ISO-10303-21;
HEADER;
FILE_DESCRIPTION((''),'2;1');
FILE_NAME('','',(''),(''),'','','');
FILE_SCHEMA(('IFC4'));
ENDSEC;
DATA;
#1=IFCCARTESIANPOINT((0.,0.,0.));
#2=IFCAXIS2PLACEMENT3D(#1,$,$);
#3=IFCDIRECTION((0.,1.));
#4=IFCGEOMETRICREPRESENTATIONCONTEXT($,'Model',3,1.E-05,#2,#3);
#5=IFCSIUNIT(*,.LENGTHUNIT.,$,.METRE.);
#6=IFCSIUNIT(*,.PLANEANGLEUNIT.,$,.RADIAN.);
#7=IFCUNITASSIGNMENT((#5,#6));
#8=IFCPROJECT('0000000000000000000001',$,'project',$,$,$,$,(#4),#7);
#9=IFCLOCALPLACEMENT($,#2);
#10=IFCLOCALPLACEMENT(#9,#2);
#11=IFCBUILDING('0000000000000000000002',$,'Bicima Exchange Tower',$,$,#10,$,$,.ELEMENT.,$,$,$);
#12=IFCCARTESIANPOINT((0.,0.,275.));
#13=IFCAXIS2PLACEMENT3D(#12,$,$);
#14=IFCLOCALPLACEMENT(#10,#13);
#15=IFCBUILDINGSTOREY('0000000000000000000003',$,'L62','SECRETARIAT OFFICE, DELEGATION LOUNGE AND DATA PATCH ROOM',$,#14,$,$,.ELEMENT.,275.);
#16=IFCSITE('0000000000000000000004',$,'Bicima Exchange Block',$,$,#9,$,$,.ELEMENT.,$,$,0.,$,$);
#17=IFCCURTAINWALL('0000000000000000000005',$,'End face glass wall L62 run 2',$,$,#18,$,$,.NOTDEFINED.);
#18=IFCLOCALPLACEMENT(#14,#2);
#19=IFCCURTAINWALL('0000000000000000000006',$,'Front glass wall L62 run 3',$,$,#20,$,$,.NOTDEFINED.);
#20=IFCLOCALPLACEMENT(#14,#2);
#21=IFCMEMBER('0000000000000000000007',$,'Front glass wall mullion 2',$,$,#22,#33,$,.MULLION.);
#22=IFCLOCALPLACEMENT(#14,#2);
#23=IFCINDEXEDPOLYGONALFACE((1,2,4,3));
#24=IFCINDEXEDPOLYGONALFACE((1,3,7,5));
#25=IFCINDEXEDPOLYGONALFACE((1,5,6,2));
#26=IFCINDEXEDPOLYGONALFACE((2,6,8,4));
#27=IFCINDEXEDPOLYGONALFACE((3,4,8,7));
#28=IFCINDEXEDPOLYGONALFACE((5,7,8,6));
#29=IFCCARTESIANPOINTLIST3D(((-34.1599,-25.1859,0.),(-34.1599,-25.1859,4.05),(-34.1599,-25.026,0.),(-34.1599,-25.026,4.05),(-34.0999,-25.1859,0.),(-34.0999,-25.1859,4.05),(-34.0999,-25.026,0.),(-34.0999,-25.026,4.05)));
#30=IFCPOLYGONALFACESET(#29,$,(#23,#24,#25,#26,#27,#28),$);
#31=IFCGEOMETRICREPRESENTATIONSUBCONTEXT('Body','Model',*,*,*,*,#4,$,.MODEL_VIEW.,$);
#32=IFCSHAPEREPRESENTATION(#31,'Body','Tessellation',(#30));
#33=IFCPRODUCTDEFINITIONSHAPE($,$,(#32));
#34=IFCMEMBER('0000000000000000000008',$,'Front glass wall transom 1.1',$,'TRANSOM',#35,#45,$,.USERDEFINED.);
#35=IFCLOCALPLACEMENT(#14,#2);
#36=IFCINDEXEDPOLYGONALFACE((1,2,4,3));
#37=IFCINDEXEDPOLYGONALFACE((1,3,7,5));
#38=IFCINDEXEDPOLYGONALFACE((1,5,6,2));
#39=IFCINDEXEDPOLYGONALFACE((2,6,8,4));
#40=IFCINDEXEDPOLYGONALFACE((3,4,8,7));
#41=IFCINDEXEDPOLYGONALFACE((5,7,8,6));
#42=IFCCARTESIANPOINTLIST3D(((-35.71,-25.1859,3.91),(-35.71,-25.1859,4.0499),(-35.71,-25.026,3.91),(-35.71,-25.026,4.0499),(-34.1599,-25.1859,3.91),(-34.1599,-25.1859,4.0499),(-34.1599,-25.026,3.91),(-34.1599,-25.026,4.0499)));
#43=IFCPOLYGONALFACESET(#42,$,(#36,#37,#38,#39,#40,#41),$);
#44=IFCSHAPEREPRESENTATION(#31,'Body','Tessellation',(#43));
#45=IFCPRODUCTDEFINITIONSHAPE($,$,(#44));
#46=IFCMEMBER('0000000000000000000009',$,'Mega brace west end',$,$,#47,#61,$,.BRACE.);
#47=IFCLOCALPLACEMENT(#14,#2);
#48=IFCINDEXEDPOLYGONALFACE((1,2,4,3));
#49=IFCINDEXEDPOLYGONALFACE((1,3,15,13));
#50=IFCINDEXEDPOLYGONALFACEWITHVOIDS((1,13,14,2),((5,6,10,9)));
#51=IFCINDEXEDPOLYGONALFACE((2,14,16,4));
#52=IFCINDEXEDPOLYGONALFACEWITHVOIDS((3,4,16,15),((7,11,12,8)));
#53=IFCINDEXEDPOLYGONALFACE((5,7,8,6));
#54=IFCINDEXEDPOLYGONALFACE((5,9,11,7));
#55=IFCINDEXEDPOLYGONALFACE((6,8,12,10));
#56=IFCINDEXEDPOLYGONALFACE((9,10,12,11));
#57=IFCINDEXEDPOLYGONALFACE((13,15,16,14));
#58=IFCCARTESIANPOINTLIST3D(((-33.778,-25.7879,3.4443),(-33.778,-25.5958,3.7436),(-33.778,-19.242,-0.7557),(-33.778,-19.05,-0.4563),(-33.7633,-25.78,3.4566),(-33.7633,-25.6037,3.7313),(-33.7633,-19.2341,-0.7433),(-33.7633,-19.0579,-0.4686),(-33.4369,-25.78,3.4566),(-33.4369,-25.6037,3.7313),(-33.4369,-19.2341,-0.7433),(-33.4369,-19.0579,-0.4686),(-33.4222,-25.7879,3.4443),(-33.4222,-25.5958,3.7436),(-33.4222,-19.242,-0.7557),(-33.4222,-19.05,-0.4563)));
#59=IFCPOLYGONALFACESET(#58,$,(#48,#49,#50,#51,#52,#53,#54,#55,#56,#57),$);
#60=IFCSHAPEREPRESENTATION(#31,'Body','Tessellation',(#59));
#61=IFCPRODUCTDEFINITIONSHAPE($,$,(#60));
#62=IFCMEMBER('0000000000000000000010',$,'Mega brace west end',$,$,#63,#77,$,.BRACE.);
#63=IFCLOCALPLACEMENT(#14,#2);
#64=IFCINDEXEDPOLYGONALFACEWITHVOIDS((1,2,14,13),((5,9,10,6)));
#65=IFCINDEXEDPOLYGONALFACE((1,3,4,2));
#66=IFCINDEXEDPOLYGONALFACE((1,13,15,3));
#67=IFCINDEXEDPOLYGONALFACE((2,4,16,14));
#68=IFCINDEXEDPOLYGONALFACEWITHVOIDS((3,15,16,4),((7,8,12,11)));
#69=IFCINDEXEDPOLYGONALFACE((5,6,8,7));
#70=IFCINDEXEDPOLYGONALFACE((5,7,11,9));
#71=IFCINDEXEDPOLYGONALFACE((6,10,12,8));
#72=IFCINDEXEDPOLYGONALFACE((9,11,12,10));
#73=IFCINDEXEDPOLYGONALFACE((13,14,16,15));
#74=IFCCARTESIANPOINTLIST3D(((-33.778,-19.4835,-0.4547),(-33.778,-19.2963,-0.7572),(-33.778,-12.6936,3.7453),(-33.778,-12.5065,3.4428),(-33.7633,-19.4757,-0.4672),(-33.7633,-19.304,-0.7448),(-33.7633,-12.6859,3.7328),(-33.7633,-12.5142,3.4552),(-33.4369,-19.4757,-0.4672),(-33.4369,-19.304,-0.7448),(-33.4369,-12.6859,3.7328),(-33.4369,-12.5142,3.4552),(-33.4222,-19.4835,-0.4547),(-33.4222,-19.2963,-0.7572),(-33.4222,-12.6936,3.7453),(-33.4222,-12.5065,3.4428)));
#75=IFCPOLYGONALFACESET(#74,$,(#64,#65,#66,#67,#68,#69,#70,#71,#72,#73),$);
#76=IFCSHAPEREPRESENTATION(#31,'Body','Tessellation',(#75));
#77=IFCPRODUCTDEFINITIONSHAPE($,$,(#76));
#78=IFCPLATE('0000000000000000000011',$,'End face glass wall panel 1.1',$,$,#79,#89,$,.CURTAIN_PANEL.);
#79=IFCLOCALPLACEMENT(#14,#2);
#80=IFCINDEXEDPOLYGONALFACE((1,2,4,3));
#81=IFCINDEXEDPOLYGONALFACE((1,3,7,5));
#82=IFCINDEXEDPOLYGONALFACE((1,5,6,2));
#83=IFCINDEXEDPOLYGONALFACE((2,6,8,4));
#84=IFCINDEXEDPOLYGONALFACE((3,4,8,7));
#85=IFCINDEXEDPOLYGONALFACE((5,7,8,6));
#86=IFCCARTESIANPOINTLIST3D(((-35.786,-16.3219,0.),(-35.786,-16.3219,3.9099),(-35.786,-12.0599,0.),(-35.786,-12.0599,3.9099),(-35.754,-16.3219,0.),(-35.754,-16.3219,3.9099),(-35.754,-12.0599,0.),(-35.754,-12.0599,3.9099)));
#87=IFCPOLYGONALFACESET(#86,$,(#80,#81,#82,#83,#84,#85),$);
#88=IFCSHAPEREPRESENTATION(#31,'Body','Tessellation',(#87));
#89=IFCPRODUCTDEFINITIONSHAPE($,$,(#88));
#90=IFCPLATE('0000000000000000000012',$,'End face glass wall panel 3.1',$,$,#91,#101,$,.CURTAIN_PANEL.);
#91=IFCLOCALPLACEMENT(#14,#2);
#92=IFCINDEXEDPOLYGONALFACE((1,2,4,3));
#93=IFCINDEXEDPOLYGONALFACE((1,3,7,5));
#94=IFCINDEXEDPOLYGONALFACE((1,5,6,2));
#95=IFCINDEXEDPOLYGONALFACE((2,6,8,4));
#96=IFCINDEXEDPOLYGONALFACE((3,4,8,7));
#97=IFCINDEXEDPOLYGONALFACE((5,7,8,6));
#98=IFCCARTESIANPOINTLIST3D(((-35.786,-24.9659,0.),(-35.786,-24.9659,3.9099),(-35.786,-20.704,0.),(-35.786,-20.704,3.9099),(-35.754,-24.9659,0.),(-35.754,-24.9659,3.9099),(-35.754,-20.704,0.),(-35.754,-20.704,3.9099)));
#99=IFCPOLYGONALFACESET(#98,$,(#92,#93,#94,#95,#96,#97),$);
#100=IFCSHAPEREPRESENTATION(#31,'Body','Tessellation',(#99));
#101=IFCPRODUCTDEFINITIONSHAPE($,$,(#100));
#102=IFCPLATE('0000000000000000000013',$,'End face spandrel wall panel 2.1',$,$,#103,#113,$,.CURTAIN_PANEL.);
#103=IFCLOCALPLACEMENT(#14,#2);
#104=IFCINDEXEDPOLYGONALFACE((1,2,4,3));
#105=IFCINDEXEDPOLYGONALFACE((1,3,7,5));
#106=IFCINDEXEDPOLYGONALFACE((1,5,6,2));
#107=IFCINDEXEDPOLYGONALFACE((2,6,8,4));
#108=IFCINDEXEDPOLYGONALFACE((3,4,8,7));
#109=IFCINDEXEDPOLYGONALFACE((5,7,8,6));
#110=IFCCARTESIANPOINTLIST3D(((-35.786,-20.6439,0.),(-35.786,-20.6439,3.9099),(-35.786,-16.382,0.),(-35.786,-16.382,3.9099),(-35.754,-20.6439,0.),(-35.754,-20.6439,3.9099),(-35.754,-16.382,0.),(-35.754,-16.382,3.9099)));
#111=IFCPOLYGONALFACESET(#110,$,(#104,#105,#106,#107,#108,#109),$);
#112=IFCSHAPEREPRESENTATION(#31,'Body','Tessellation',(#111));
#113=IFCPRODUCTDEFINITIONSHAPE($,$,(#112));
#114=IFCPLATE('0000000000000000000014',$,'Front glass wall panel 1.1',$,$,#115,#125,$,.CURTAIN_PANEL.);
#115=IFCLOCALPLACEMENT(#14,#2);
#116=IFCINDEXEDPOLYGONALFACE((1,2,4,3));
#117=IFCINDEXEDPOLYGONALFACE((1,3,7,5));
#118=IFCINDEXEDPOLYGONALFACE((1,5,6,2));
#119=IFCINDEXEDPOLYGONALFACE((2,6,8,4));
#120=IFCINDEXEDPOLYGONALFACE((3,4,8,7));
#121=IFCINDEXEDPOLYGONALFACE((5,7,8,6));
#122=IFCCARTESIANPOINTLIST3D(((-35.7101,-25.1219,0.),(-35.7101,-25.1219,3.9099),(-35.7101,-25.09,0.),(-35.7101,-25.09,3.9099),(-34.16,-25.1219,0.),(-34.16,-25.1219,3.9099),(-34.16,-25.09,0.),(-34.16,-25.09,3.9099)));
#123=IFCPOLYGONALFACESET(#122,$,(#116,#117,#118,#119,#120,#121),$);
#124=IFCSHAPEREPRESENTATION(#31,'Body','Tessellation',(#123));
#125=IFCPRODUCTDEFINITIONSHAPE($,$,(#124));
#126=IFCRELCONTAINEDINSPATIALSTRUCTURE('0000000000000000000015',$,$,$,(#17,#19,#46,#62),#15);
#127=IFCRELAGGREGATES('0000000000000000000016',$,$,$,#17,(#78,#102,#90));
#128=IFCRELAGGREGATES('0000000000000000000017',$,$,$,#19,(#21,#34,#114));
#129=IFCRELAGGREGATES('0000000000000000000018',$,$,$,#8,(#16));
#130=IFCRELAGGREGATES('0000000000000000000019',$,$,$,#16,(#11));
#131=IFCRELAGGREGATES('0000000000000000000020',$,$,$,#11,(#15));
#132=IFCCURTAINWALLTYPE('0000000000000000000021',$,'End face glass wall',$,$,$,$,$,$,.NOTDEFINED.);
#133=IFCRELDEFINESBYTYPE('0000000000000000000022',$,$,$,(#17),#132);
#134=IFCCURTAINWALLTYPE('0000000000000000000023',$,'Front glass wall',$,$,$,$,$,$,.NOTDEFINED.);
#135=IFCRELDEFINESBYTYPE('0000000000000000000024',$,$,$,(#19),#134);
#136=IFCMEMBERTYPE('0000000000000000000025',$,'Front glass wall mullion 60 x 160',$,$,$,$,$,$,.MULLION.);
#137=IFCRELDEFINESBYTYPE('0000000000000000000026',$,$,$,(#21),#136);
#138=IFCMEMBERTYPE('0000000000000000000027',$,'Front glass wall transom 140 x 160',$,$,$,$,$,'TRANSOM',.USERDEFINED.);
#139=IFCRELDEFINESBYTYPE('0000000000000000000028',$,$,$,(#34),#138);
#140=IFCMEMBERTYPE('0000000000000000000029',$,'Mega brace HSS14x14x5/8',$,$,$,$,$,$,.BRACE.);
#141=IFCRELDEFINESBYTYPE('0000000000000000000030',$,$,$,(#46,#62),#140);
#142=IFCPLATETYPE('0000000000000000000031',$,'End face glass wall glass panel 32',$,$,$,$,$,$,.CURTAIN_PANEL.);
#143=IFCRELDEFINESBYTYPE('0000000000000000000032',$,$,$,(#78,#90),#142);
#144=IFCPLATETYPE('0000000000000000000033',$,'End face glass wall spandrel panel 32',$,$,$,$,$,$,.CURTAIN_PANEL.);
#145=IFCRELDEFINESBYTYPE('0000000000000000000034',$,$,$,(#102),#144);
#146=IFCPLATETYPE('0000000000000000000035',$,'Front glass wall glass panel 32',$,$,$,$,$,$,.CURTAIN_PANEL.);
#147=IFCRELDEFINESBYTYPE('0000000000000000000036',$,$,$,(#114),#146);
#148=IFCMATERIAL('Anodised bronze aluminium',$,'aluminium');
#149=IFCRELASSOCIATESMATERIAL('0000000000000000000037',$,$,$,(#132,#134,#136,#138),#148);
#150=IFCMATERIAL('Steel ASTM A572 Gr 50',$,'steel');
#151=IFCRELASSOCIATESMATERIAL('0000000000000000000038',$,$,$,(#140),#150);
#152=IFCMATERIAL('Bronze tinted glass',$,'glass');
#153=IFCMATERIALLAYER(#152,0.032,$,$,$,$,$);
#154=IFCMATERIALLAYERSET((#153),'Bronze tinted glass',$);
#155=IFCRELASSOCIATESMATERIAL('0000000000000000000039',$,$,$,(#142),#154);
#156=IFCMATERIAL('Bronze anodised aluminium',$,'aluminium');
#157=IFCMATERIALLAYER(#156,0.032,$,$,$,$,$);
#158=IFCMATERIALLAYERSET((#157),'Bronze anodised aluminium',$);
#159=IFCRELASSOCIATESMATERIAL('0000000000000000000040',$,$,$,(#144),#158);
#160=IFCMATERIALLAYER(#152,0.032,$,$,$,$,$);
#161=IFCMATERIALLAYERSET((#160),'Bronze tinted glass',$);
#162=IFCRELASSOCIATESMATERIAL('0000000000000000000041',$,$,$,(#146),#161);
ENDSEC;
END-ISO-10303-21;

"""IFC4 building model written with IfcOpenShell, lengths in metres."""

from ifc_helpers import new_model, si_unit, direction, frame, origin, origin_2d, place, context, subcontext, project, spatial, rectangle, hollow_rectangle, extrude, material, layer, layer_set, material_profile, profile_set, type_object, element, aggregate, save


model = new_model("IFC4")

# Units and contexts
model_context = context("Model", 3, precision=1e-05, world=origin(), true_north=direction((0.0, 1.0)))
body_context = subcontext(model_context, "Body", "Model", "MODEL_VIEW")
ifc_project = project(units=[si_unit("LENGTHUNIT", "METRE"), si_unit("PLANEANGLEUNIT", "RADIAN")], contexts=[model_context])

# Site, building, storey
site_placement = place(None, origin())
site = spatial("IfcSite", under=ifc_project, at=site_placement, Name="Bicima Exchange Block", CompositionType="ELEMENT", RefElevation=0.0)
building_placement = place(site_placement, origin())
building = spatial("IfcBuilding", under=site, at=building_placement, Name="Bicima Exchange Tower", CompositionType="ELEMENT")
storey_placement = place(building_placement, frame((0.0, 0.0, 275.0)))
storey = spatial("IfcBuildingStorey", under=building, at=storey_placement, Name="L62", Description="SECRETARIAT OFFICE, DELEGATION LOUNGE AND DATA PATCH ROOM", CompositionType="ELEMENT", Elevation=275.0)

# Shared definitions
ifc_material_1 = material(Name="Steel ASTM A572 Gr 50", Category="steel")

# Curtain wall
ifc_material_2 = material(Name="Anodised bronze aluminium", Category="aluminium")
curtain_wall_type_1 = type_object("IfcCurtainWallType", Name="End face glass wall", PredefinedType="NOTDEFINED", material=ifc_material_2)
curtain_wall_1_placement = place(storey_placement, origin())
curtain_wall_1 = element("IfcCurtainWall", 1, at=curtain_wall_1_placement, inside=storey, type_object=curtain_wall_type_1, Name="End face glass wall L62 run 2", PredefinedType="NOTDEFINED")
ifc_material_profile_1 = material_profile(ifc_material_2, rectangle(XDim=0.1599, YDim=0.0601, at=origin_2d()))
ifc_profile_set_1 = profile_set([ifc_material_profile_1], Name="Anodised bronze aluminium")
ifc_material_profile_2 = material_profile(ifc_material_2, rectangle(XDim=0.1599, YDim=0.1399, at=origin_2d()))
ifc_profile_set_2 = profile_set([ifc_material_profile_2], Name="Anodised bronze aluminium")

# Curtain wall, members
curtain_wall_type_2 = type_object("IfcCurtainWallType", Name="Front glass wall", PredefinedType="NOTDEFINED", material=ifc_material_2)
curtain_wall_2_placement = place(storey_placement, origin())
curtain_wall_2 = element("IfcCurtainWall", 2, at=curtain_wall_2_placement, inside=storey, type_object=curtain_wall_type_2, Name="Front glass wall L62 run 3", PredefinedType="NOTDEFINED")
member_type_1 = type_object("IfcMemberType", Name="Front glass wall mullion 60 x 160", PredefinedType="MULLION", material=ifc_profile_set_1)
member_1_placement = place(storey_placement, frame((-34.1299, -25.106, 0.0), z_axis=(0.0, 0.0, 1.0), x_axis=(0.0, 1.0, 0.0)))
member_1 = element("IfcMember", 3, at=member_1_placement, type_object=member_type_1, Name="Front glass wall mullion 2", PredefinedType="MULLION", context=body_context, shape_type="SweptSolid", body=[
    extrude(rectangle(XDim=0.1599, YDim=0.0601, at=origin_2d()), origin(), (0.0, 0.0, 1.0), 4.05),
])
member_type_2 = type_object("IfcMemberType", Name="Front glass wall transom 140 x 160", ElementType="TRANSOM", PredefinedType="USERDEFINED", material=ifc_profile_set_2)
member_2_placement = place(storey_placement, frame((-35.71, -25.106, 3.98), z_axis=(1.0, 0.0, 0.0), x_axis=(0.0, 1.0, 0.0)))
member_2 = element("IfcMember", 4, at=member_2_placement, type_object=member_type_2, Name="Front glass wall transom 1.1", ObjectType="TRANSOM", PredefinedType="USERDEFINED", context=body_context, shape_type="SweptSolid", body=[
    extrude(rectangle(XDim=0.1599, YDim=0.1399, at=origin_2d()), origin(), (0.0, 0.0, 1.0), 1.55),
])

# Members
ifc_material_profile_3 = material_profile(ifc_material_1, hollow_rectangle(XDim=0.3557, YDim=0.3557, WallThickness=0.0146, at=origin_2d()))
ifc_profile_set_3 = profile_set([ifc_material_profile_3], Name="Steel ASTM A572 Gr 50")
member_type_3 = type_object("IfcMemberType", Name="Mega brace HSS14x14x5/8", PredefinedType="BRACE", material=ifc_profile_set_3)
member_3_placement = place(storey_placement, frame((-33.6001, -19.146, -0.606), z_axis=(0.0, -0.841653, 0.540018), x_axis=(1.0, 0.0, 0.0)))
element("IfcMember", 5, at=member_3_placement, inside=storey, type_object=member_type_3, Name="Mega brace west end", PredefinedType="BRACE", context=body_context, shape_type="SweptSolid", body=[
    extrude(hollow_rectangle(XDim=0.3557, YDim=0.3557, WallThickness=0.0146, at=origin_2d()), origin(), (0.0, 0.0, 1.0), 7.7773),
])
member_4_placement = place(storey_placement, frame((-33.6001, -19.3899, -0.606), z_axis=(0.0, 0.850448, 0.52606), x_axis=(-1.0, 0.0, 0.0)))
element("IfcMember", 6, at=member_4_placement, inside=storey, type_object=member_type_3, Name="Mega brace west end", PredefinedType="BRACE", context=body_context, shape_type="SweptSolid", body=[
    extrude(hollow_rectangle(XDim=0.3557, YDim=0.3557, WallThickness=0.0146, at=origin_2d()), origin(), (0.0, 0.0, 1.0), 7.9839),
])

# Plates
ifc_material_3 = material(Name="Bronze tinted glass", Category="glass")
ifc_layer_1 = layer(ifc_material_3, 0.032)
ifc_layer_set_1 = layer_set([ifc_layer_1], Name="Bronze tinted glass")
plate_type_1 = type_object("IfcPlateType", Name="End face glass wall glass panel 32", PredefinedType="CURTAIN_PANEL", material=ifc_layer_set_1)
plate_1_placement = place(storey_placement, frame((-35.77, -14.1909, 0.0), z_axis=(0.0, 0.0, 1.0), x_axis=(0.0, -1.0, 0.0)))
plate_1 = element("IfcPlate", 7, at=plate_1_placement, type_object=plate_type_1, Name="End face glass wall panel 1.1", PredefinedType="CURTAIN_PANEL", context=body_context, shape_type="SweptSolid", body=[
    extrude(rectangle(XDim=4.262, YDim=0.032, at=origin_2d()), origin(), (0.0, 0.0, 1.0), 3.9099),
])
plate_2_placement = place(storey_placement, frame((-35.77, -22.835, 0.0), z_axis=(0.0, 0.0, 1.0), x_axis=(0.0, -1.0, 0.0)))
plate_2 = element("IfcPlate", 8, at=plate_2_placement, type_object=plate_type_1, Name="End face glass wall panel 3.1", PredefinedType="CURTAIN_PANEL", context=body_context, shape_type="SweptSolid", body=[
    extrude(rectangle(XDim=4.262, YDim=0.032, at=origin_2d()), origin(), (0.0, 0.0, 1.0), 3.9099),
])
ifc_material_4 = material(Name="Bronze anodised aluminium", Category="aluminium")
ifc_layer_2 = layer(ifc_material_4, 0.032)
ifc_layer_set_2 = layer_set([ifc_layer_2], Name="Bronze anodised aluminium")
plate_type_2 = type_object("IfcPlateType", Name="End face glass wall spandrel panel 32", PredefinedType="CURTAIN_PANEL", material=ifc_layer_set_2)
plate_3_placement = place(storey_placement, frame((-35.77, -18.5129, 0.0), z_axis=(0.0, 0.0, 1.0), x_axis=(0.0, -1.0, 0.0)))
plate_3 = element("IfcPlate", 9, at=plate_3_placement, type_object=plate_type_2, Name="End face spandrel wall panel 2.1", PredefinedType="CURTAIN_PANEL", context=body_context, shape_type="SweptSolid", body=[
    extrude(rectangle(XDim=4.262, YDim=0.032, at=origin_2d()), origin(), (0.0, 0.0, 1.0), 3.9099),
])
aggregate(curtain_wall_1, [plate_1, plate_3, plate_2])
ifc_layer_3 = layer(ifc_material_3, 0.032)
ifc_layer_set_3 = layer_set([ifc_layer_3], Name="Bronze tinted glass")
plate_type_3 = type_object("IfcPlateType", Name="Front glass wall glass panel 32", PredefinedType="CURTAIN_PANEL", material=ifc_layer_set_3)
plate_4_placement = place(storey_placement, frame((-34.9351, -25.106, 0.0), z_axis=(0.0, 0.0, 1.0), x_axis=(1.0, 0.0, 0.0)))
plate_4 = element("IfcPlate", 10, at=plate_4_placement, type_object=plate_type_3, Name="Front glass wall panel 1.1", PredefinedType="CURTAIN_PANEL", context=body_context, shape_type="SweptSolid", body=[
    extrude(rectangle(XDim=1.55, YDim=0.032, at=origin_2d()), origin(), (0.0, 0.0, 1.0), 3.9099),
])
aggregate(curtain_wall_2, [member_1, member_2, plate_4])

save(model, "model.ifc")
